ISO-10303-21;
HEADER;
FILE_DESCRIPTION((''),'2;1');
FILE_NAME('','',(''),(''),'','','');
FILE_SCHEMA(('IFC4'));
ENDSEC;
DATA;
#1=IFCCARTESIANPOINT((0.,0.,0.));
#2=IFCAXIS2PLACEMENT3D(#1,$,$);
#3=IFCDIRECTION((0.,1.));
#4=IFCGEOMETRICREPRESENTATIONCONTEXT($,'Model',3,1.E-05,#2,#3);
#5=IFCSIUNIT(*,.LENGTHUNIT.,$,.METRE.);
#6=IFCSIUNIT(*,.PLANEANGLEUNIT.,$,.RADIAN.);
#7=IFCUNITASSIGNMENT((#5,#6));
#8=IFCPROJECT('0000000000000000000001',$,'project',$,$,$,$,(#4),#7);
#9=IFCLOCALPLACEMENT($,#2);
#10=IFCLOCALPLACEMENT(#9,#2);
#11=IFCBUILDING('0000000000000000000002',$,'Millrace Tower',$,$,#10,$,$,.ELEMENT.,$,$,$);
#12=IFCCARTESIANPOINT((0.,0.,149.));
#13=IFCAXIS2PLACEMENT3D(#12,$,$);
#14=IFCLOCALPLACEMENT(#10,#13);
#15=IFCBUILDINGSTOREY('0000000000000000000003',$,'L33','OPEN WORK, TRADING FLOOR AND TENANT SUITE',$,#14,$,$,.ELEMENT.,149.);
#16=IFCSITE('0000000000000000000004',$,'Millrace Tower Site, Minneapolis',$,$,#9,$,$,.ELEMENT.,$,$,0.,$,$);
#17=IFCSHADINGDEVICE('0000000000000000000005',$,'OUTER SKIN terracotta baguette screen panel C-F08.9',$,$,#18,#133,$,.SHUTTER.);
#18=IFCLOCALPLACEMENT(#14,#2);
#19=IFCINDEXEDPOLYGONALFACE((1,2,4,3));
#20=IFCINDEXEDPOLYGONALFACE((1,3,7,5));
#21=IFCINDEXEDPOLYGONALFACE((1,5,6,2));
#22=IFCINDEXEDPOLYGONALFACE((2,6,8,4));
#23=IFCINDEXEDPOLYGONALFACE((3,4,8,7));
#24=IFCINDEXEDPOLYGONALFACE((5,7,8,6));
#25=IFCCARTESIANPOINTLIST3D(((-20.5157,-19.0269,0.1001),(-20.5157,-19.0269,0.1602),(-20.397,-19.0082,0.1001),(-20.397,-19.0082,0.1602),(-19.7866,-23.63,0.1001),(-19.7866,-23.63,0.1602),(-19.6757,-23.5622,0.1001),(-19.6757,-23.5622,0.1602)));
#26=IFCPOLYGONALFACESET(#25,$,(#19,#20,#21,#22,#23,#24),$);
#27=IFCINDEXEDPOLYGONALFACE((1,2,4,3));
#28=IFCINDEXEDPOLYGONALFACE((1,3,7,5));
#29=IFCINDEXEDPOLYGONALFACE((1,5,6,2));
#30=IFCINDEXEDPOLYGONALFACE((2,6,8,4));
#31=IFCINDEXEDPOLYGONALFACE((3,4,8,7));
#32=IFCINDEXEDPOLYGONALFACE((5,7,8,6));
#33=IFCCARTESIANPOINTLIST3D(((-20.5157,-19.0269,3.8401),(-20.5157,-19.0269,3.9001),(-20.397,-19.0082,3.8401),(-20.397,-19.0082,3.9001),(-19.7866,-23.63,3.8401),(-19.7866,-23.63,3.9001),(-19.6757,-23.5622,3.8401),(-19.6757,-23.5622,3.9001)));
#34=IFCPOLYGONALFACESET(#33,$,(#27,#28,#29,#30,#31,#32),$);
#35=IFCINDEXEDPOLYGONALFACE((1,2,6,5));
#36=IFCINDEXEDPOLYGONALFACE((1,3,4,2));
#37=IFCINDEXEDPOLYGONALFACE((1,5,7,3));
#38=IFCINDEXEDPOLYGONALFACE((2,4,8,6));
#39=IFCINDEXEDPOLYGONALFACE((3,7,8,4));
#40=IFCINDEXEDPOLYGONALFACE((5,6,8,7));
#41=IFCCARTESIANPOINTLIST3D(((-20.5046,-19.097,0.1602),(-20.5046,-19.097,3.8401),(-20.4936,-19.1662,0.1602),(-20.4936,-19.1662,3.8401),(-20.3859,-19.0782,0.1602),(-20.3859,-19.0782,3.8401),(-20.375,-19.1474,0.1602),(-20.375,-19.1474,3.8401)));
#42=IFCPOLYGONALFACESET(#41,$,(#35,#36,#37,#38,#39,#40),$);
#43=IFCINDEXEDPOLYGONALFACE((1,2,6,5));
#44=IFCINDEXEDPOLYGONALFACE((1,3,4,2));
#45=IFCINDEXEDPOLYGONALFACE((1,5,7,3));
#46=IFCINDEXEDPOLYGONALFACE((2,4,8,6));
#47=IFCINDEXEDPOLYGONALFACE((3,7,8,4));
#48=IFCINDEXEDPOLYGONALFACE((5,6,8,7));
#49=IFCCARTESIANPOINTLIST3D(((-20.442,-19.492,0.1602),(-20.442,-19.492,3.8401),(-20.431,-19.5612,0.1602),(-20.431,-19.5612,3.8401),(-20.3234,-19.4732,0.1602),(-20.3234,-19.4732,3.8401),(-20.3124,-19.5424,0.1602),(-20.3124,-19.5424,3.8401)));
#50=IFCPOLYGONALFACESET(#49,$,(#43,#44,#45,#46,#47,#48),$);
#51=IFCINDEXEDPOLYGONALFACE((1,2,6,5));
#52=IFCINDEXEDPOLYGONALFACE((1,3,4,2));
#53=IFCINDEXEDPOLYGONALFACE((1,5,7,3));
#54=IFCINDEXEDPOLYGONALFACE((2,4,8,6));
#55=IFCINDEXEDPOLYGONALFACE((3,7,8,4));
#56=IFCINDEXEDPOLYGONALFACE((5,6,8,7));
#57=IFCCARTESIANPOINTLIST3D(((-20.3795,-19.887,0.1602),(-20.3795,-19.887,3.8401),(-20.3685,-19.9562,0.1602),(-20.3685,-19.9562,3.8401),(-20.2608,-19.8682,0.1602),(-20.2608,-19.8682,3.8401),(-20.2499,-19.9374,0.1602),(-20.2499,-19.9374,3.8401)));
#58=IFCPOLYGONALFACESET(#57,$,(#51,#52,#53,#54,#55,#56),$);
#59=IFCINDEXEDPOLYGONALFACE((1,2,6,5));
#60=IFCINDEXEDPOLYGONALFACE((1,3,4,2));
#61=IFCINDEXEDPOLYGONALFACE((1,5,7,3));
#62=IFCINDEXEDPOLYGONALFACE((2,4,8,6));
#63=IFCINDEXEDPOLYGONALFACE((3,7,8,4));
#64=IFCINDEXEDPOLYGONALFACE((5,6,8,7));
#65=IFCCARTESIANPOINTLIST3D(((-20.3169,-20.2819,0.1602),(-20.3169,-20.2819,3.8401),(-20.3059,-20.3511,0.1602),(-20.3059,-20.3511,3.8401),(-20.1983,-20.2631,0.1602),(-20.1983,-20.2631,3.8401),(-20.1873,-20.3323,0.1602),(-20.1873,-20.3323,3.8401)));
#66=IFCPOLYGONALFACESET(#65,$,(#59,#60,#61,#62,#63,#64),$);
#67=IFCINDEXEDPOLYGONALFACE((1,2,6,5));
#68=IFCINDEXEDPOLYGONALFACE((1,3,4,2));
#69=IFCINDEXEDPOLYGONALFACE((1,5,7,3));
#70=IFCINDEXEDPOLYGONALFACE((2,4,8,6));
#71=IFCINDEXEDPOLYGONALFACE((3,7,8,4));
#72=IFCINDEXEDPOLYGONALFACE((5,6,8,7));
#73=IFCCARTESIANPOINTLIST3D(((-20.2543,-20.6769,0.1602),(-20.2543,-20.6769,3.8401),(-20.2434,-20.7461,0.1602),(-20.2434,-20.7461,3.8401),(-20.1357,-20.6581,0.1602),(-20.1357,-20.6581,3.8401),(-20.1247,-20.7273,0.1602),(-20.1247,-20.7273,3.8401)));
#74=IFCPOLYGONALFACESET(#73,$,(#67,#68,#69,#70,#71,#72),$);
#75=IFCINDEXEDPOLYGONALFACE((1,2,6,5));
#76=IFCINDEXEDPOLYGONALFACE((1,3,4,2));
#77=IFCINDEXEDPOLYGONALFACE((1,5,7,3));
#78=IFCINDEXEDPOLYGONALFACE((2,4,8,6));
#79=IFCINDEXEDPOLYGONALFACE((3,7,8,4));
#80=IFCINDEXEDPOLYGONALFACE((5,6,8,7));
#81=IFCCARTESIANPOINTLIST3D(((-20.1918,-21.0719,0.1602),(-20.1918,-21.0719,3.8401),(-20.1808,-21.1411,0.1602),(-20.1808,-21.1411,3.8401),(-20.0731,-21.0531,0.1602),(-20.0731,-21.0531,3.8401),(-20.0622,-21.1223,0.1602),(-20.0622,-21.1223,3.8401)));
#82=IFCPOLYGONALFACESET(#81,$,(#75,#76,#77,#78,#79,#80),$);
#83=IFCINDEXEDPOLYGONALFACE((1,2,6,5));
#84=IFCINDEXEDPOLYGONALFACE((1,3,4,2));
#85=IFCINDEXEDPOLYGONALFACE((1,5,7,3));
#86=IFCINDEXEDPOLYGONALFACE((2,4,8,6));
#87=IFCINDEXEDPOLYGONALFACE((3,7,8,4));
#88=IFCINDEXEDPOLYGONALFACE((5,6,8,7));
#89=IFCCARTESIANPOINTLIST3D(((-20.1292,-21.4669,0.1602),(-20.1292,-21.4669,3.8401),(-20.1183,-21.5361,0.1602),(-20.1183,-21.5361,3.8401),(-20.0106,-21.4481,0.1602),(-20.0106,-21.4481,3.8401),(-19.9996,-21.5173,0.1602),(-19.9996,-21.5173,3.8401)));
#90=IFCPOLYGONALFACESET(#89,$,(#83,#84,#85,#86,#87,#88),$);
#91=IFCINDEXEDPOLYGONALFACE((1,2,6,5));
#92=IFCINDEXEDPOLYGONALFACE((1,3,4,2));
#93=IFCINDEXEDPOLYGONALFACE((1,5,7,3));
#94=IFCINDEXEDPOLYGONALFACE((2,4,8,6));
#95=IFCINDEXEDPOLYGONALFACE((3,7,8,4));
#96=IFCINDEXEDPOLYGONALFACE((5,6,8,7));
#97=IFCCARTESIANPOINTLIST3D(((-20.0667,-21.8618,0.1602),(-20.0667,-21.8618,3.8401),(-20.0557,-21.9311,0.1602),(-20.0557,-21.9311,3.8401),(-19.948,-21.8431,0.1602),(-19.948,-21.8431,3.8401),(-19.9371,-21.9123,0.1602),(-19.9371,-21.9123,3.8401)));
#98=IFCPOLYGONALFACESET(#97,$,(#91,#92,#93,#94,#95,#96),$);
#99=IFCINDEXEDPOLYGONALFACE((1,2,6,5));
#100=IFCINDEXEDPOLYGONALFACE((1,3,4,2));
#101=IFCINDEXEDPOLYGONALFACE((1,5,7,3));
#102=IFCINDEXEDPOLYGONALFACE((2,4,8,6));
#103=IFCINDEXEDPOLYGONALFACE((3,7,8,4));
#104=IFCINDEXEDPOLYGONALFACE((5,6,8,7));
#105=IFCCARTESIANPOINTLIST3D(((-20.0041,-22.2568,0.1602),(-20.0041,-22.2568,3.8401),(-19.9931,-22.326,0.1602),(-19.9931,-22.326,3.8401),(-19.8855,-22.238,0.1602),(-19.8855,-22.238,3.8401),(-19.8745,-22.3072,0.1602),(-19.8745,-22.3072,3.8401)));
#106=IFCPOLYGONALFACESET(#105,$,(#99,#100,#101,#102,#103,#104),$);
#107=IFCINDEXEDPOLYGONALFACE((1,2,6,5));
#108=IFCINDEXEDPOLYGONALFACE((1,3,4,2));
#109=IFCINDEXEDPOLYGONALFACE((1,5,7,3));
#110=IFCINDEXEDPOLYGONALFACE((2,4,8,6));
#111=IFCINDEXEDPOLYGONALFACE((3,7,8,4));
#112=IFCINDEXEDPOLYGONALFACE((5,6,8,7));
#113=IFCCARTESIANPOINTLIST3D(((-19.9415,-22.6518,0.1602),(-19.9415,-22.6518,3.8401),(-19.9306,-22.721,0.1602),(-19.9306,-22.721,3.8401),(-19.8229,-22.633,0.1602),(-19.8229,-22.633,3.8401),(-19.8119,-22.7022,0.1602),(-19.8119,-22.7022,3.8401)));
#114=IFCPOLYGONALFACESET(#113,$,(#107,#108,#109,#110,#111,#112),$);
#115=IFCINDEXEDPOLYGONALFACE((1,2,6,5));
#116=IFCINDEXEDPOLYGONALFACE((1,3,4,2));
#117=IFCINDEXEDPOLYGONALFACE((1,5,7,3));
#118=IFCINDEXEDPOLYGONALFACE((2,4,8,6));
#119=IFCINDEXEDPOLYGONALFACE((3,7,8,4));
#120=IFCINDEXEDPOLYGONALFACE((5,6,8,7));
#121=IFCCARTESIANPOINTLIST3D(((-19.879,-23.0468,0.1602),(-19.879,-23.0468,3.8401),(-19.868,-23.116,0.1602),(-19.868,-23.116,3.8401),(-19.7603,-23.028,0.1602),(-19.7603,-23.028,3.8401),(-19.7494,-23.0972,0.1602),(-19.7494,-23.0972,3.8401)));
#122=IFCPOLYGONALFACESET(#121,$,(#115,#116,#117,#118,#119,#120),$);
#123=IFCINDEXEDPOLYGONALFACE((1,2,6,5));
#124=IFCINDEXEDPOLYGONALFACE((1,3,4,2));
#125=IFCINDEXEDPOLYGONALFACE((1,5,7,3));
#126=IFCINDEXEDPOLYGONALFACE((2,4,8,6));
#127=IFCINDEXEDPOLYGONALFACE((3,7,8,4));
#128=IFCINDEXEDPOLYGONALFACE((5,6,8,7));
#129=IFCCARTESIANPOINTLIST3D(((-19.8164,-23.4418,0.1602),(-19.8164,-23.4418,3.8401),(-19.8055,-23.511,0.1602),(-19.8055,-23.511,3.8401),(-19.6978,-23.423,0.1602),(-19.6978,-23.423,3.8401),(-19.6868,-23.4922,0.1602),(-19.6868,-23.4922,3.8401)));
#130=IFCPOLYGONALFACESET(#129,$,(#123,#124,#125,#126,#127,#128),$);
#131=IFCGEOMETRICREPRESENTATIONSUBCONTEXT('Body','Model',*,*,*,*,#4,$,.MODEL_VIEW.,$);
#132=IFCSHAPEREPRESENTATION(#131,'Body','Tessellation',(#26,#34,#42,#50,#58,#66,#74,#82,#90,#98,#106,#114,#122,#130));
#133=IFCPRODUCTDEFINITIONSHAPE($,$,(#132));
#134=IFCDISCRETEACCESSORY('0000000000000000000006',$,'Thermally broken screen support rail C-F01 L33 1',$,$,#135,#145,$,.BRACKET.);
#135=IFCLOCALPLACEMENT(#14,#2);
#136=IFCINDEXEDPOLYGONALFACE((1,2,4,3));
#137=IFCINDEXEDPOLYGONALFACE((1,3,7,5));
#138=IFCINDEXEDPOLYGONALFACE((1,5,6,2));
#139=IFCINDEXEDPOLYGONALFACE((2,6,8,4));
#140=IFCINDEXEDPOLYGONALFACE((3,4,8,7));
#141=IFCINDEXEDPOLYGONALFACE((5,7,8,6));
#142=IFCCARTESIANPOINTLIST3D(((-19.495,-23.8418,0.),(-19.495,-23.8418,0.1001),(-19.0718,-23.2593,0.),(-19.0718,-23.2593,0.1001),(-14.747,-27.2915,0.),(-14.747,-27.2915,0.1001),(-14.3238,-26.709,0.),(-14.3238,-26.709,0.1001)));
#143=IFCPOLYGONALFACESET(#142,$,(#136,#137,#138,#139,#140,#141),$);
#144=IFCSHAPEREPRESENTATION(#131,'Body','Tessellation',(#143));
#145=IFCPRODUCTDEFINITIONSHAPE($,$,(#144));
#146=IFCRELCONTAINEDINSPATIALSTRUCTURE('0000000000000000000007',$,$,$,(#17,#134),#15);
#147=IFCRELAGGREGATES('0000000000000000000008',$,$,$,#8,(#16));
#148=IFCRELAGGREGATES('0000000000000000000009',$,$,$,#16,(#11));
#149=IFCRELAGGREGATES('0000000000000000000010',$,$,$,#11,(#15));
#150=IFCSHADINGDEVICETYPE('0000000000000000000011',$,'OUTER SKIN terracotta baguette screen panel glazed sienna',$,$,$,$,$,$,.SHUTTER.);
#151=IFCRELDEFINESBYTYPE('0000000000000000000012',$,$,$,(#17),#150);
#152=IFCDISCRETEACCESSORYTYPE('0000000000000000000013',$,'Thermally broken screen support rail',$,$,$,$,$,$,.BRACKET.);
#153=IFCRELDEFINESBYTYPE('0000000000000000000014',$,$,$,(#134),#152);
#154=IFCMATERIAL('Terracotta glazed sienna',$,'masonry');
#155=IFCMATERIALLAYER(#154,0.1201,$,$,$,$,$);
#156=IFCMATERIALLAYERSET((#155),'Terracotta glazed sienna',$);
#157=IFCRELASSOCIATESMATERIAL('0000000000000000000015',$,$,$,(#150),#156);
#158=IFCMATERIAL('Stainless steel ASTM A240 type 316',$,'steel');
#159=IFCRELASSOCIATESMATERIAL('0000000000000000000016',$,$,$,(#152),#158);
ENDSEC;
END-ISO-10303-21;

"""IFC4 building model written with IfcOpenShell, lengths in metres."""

from ifc_helpers import new_model, entity, si_unit, direction, frame, frame_2d, origin, origin_2d, place, context, subcontext, project, spatial, rectangle, extrude, source, transform, mapped, material, layer, layer_set, type_object, element, save


model = new_model("IFC4")

# Units and contexts
model_context = context("Model", 3, precision=1e-05, world=origin(), true_north=direction((0.0, 1.0)))
body_context = subcontext(model_context, "Body", "Model", "MODEL_VIEW")
ifc_project = project(units=[si_unit("LENGTHUNIT", "METRE"), si_unit("PLANEANGLEUNIT", "RADIAN")], contexts=[model_context])

# Site, building, storey
site_placement = place(None, origin())
site = spatial("IfcSite", under=ifc_project, at=site_placement, Name="Millrace Tower Site, Minneapolis", CompositionType="ELEMENT", RefElevation=0.0)
building_placement = place(site_placement, origin())
building = spatial("IfcBuilding", under=site, at=building_placement, Name="Millrace Tower", CompositionType="ELEMENT")
storey_placement = place(building_placement, frame((0.0, 0.0, 149.0)))
storey = spatial("IfcBuildingStorey", under=building, at=storey_placement, Name="L33", Description="OPEN WORK, TRADING FLOOR AND TENANT SUITE", CompositionType="ELEMENT", Elevation=149.0)

# Shading device
ifc_material_1 = material(Name="Terracotta glazed sienna", Category="masonry")
ifc_layer_1 = layer(ifc_material_1, 0.1201)
ifc_layer_set_1 = layer_set([ifc_layer_1], Name="Terracotta glazed sienna")
shading_device_type = type_object("IfcShadingDeviceType", Name="OUTER SKIN terracotta baguette screen panel glazed sienna", PredefinedType="SHUTTER", material=ifc_layer_set_1)
cartesian_point_1 = entity("IfcCartesianPoint", [-2.3179, 0.0601])
shared_polyline_1 = entity("IfcPolyline", [cartesian_point_1, entity("IfcCartesianPoint", [2.293, 0.0601]), entity("IfcCartesianPoint", [2.3425, -0.0601]), entity("IfcCartesianPoint", [-2.3179, -0.0601]), cartesian_point_1])
shared_shape_1 = source(origin(), body_context, "Body", "SweptSolid", [
    entity("IfcExtrudedAreaSolid", entity("IfcArbitraryClosedProfileDef", "AREA", None, shared_polyline_1), entity("IfcAxis2Placement3D", entity("IfcCartesianPoint", [0.0, 0.0, 0.0])), entity("IfcDirection", [0.0, 0.0, 1.0]), 0.0601),
    entity("IfcExtrudedAreaSolid", entity("IfcArbitraryClosedProfileDef", "AREA", None, shared_polyline_1), entity("IfcAxis2Placement3D", entity("IfcCartesianPoint", [0.0, 0.0, 3.74])), entity("IfcDirection", [0.0, 0.0, 1.0]), 0.0601),
    extrude(rectangle(XDim=0.0701, YDim=0.1201, at=frame_2d((-2.2119, 0.0))), frame((0.0, 0.0, 0.0601)), (0.0, 0.0, 1.0), 3.6799),
    extrude(rectangle(XDim=0.0701, YDim=0.1201, at=frame_2d((-1.812, 0.0))), frame((0.0, 0.0, 0.0601)), (0.0, 0.0, 1.0), 3.6799),
    extrude(rectangle(XDim=0.0701, YDim=0.1201, at=frame_2d((-1.4121, 0.0))), frame((0.0, 0.0, 0.0601)), (0.0, 0.0, 1.0), 3.6799),
    extrude(rectangle(XDim=0.0701, YDim=0.1201, at=frame_2d((-1.0122, 0.0))), frame((0.0, 0.0, 0.0601)), (0.0, 0.0, 1.0), 3.6799),
    extrude(rectangle(XDim=0.0701, YDim=0.1201, at=frame_2d((-0.6123, 0.0))), frame((0.0, 0.0, 0.0601)), (0.0, 0.0, 1.0), 3.6799),
    extrude(rectangle(XDim=0.0701, YDim=0.1201, at=frame_2d((-0.2124, 0.0))), frame((0.0, 0.0, 0.0601)), (0.0, 0.0, 1.0), 3.6799),
    extrude(rectangle(XDim=0.0701, YDim=0.1201, at=frame_2d((0.1875, 0.0))), frame((0.0, 0.0, 0.0601)), (0.0, 0.0, 1.0), 3.6799),
    extrude(rectangle(XDim=0.0701, YDim=0.1201, at=frame_2d((0.5874, 0.0))), frame((0.0, 0.0, 0.0601)), (0.0, 0.0, 1.0), 3.6799),
    extrude(rectangle(XDim=0.0701, YDim=0.1201, at=frame_2d((0.9873, 0.0))), frame((0.0, 0.0, 0.0601)), (0.0, 0.0, 1.0), 3.6799),
    extrude(rectangle(XDim=0.0701, YDim=0.1201, at=frame_2d((1.3872, 0.0))), frame((0.0, 0.0, 0.0601)), (0.0, 0.0, 1.0), 3.6799),
    extrude(rectangle(XDim=0.0701, YDim=0.1201, at=frame_2d((1.7871, 0.0))), frame((0.0, 0.0, 0.0601)), (0.0, 0.0, 1.0), 3.6799),
    extrude(rectangle(XDim=0.0701, YDim=0.1201, at=frame_2d((2.187, 0.0))), frame((0.0, 0.0, 0.0601)), (0.0, 0.0, 1.0), 3.6799),
])
shading_device_1_placement = place(storey_placement, frame((-20.0938, -21.3069, 0.1001), z_axis=(0.0, 0.0, 1.0), x_axis=(0.156434, -0.987688, 0.0)))
element("IfcShadingDevice", 1, at=shading_device_1_placement, inside=storey, type_object=shading_device_type, Name="OUTER SKIN terracotta baguette screen panel C-F08.9", PredefinedType="SHUTTER", context=body_context, shape_type="MappedRepresentation", body=[
    mapped(shared_shape_1, transform((0.0, 0.0, 0.0), scale=1.0)),
])

# Discrete accessory
ifc_material_2 = material(Name="Stainless steel ASTM A240 type 316", Category="steel")
discrete_accessory_type = type_object("IfcDiscreteAccessoryType", Name="Thermally broken screen support rail", PredefinedType="BRACKET", material=ifc_material_2)
discrete_accessory_placement = place(storey_placement, frame((-16.9094, -25.2754, 0.0), z_axis=(0.0, 0.0, 1.0), x_axis=(0.809017, -0.587785, 0.0)))
element("IfcDiscreteAccessory", 2, at=discrete_accessory_placement, inside=storey, type_object=discrete_accessory_type, Name="Thermally broken screen support rail C-F01 L33 1", PredefinedType="BRACKET", context=body_context, shape_type="SweptSolid", body=[
    extrude(rectangle(XDim=5.8689, YDim=0.72, at=origin_2d()), origin(), (0.0, 0.0, 1.0), 0.1001),
])

save(model, "model.ifc")
